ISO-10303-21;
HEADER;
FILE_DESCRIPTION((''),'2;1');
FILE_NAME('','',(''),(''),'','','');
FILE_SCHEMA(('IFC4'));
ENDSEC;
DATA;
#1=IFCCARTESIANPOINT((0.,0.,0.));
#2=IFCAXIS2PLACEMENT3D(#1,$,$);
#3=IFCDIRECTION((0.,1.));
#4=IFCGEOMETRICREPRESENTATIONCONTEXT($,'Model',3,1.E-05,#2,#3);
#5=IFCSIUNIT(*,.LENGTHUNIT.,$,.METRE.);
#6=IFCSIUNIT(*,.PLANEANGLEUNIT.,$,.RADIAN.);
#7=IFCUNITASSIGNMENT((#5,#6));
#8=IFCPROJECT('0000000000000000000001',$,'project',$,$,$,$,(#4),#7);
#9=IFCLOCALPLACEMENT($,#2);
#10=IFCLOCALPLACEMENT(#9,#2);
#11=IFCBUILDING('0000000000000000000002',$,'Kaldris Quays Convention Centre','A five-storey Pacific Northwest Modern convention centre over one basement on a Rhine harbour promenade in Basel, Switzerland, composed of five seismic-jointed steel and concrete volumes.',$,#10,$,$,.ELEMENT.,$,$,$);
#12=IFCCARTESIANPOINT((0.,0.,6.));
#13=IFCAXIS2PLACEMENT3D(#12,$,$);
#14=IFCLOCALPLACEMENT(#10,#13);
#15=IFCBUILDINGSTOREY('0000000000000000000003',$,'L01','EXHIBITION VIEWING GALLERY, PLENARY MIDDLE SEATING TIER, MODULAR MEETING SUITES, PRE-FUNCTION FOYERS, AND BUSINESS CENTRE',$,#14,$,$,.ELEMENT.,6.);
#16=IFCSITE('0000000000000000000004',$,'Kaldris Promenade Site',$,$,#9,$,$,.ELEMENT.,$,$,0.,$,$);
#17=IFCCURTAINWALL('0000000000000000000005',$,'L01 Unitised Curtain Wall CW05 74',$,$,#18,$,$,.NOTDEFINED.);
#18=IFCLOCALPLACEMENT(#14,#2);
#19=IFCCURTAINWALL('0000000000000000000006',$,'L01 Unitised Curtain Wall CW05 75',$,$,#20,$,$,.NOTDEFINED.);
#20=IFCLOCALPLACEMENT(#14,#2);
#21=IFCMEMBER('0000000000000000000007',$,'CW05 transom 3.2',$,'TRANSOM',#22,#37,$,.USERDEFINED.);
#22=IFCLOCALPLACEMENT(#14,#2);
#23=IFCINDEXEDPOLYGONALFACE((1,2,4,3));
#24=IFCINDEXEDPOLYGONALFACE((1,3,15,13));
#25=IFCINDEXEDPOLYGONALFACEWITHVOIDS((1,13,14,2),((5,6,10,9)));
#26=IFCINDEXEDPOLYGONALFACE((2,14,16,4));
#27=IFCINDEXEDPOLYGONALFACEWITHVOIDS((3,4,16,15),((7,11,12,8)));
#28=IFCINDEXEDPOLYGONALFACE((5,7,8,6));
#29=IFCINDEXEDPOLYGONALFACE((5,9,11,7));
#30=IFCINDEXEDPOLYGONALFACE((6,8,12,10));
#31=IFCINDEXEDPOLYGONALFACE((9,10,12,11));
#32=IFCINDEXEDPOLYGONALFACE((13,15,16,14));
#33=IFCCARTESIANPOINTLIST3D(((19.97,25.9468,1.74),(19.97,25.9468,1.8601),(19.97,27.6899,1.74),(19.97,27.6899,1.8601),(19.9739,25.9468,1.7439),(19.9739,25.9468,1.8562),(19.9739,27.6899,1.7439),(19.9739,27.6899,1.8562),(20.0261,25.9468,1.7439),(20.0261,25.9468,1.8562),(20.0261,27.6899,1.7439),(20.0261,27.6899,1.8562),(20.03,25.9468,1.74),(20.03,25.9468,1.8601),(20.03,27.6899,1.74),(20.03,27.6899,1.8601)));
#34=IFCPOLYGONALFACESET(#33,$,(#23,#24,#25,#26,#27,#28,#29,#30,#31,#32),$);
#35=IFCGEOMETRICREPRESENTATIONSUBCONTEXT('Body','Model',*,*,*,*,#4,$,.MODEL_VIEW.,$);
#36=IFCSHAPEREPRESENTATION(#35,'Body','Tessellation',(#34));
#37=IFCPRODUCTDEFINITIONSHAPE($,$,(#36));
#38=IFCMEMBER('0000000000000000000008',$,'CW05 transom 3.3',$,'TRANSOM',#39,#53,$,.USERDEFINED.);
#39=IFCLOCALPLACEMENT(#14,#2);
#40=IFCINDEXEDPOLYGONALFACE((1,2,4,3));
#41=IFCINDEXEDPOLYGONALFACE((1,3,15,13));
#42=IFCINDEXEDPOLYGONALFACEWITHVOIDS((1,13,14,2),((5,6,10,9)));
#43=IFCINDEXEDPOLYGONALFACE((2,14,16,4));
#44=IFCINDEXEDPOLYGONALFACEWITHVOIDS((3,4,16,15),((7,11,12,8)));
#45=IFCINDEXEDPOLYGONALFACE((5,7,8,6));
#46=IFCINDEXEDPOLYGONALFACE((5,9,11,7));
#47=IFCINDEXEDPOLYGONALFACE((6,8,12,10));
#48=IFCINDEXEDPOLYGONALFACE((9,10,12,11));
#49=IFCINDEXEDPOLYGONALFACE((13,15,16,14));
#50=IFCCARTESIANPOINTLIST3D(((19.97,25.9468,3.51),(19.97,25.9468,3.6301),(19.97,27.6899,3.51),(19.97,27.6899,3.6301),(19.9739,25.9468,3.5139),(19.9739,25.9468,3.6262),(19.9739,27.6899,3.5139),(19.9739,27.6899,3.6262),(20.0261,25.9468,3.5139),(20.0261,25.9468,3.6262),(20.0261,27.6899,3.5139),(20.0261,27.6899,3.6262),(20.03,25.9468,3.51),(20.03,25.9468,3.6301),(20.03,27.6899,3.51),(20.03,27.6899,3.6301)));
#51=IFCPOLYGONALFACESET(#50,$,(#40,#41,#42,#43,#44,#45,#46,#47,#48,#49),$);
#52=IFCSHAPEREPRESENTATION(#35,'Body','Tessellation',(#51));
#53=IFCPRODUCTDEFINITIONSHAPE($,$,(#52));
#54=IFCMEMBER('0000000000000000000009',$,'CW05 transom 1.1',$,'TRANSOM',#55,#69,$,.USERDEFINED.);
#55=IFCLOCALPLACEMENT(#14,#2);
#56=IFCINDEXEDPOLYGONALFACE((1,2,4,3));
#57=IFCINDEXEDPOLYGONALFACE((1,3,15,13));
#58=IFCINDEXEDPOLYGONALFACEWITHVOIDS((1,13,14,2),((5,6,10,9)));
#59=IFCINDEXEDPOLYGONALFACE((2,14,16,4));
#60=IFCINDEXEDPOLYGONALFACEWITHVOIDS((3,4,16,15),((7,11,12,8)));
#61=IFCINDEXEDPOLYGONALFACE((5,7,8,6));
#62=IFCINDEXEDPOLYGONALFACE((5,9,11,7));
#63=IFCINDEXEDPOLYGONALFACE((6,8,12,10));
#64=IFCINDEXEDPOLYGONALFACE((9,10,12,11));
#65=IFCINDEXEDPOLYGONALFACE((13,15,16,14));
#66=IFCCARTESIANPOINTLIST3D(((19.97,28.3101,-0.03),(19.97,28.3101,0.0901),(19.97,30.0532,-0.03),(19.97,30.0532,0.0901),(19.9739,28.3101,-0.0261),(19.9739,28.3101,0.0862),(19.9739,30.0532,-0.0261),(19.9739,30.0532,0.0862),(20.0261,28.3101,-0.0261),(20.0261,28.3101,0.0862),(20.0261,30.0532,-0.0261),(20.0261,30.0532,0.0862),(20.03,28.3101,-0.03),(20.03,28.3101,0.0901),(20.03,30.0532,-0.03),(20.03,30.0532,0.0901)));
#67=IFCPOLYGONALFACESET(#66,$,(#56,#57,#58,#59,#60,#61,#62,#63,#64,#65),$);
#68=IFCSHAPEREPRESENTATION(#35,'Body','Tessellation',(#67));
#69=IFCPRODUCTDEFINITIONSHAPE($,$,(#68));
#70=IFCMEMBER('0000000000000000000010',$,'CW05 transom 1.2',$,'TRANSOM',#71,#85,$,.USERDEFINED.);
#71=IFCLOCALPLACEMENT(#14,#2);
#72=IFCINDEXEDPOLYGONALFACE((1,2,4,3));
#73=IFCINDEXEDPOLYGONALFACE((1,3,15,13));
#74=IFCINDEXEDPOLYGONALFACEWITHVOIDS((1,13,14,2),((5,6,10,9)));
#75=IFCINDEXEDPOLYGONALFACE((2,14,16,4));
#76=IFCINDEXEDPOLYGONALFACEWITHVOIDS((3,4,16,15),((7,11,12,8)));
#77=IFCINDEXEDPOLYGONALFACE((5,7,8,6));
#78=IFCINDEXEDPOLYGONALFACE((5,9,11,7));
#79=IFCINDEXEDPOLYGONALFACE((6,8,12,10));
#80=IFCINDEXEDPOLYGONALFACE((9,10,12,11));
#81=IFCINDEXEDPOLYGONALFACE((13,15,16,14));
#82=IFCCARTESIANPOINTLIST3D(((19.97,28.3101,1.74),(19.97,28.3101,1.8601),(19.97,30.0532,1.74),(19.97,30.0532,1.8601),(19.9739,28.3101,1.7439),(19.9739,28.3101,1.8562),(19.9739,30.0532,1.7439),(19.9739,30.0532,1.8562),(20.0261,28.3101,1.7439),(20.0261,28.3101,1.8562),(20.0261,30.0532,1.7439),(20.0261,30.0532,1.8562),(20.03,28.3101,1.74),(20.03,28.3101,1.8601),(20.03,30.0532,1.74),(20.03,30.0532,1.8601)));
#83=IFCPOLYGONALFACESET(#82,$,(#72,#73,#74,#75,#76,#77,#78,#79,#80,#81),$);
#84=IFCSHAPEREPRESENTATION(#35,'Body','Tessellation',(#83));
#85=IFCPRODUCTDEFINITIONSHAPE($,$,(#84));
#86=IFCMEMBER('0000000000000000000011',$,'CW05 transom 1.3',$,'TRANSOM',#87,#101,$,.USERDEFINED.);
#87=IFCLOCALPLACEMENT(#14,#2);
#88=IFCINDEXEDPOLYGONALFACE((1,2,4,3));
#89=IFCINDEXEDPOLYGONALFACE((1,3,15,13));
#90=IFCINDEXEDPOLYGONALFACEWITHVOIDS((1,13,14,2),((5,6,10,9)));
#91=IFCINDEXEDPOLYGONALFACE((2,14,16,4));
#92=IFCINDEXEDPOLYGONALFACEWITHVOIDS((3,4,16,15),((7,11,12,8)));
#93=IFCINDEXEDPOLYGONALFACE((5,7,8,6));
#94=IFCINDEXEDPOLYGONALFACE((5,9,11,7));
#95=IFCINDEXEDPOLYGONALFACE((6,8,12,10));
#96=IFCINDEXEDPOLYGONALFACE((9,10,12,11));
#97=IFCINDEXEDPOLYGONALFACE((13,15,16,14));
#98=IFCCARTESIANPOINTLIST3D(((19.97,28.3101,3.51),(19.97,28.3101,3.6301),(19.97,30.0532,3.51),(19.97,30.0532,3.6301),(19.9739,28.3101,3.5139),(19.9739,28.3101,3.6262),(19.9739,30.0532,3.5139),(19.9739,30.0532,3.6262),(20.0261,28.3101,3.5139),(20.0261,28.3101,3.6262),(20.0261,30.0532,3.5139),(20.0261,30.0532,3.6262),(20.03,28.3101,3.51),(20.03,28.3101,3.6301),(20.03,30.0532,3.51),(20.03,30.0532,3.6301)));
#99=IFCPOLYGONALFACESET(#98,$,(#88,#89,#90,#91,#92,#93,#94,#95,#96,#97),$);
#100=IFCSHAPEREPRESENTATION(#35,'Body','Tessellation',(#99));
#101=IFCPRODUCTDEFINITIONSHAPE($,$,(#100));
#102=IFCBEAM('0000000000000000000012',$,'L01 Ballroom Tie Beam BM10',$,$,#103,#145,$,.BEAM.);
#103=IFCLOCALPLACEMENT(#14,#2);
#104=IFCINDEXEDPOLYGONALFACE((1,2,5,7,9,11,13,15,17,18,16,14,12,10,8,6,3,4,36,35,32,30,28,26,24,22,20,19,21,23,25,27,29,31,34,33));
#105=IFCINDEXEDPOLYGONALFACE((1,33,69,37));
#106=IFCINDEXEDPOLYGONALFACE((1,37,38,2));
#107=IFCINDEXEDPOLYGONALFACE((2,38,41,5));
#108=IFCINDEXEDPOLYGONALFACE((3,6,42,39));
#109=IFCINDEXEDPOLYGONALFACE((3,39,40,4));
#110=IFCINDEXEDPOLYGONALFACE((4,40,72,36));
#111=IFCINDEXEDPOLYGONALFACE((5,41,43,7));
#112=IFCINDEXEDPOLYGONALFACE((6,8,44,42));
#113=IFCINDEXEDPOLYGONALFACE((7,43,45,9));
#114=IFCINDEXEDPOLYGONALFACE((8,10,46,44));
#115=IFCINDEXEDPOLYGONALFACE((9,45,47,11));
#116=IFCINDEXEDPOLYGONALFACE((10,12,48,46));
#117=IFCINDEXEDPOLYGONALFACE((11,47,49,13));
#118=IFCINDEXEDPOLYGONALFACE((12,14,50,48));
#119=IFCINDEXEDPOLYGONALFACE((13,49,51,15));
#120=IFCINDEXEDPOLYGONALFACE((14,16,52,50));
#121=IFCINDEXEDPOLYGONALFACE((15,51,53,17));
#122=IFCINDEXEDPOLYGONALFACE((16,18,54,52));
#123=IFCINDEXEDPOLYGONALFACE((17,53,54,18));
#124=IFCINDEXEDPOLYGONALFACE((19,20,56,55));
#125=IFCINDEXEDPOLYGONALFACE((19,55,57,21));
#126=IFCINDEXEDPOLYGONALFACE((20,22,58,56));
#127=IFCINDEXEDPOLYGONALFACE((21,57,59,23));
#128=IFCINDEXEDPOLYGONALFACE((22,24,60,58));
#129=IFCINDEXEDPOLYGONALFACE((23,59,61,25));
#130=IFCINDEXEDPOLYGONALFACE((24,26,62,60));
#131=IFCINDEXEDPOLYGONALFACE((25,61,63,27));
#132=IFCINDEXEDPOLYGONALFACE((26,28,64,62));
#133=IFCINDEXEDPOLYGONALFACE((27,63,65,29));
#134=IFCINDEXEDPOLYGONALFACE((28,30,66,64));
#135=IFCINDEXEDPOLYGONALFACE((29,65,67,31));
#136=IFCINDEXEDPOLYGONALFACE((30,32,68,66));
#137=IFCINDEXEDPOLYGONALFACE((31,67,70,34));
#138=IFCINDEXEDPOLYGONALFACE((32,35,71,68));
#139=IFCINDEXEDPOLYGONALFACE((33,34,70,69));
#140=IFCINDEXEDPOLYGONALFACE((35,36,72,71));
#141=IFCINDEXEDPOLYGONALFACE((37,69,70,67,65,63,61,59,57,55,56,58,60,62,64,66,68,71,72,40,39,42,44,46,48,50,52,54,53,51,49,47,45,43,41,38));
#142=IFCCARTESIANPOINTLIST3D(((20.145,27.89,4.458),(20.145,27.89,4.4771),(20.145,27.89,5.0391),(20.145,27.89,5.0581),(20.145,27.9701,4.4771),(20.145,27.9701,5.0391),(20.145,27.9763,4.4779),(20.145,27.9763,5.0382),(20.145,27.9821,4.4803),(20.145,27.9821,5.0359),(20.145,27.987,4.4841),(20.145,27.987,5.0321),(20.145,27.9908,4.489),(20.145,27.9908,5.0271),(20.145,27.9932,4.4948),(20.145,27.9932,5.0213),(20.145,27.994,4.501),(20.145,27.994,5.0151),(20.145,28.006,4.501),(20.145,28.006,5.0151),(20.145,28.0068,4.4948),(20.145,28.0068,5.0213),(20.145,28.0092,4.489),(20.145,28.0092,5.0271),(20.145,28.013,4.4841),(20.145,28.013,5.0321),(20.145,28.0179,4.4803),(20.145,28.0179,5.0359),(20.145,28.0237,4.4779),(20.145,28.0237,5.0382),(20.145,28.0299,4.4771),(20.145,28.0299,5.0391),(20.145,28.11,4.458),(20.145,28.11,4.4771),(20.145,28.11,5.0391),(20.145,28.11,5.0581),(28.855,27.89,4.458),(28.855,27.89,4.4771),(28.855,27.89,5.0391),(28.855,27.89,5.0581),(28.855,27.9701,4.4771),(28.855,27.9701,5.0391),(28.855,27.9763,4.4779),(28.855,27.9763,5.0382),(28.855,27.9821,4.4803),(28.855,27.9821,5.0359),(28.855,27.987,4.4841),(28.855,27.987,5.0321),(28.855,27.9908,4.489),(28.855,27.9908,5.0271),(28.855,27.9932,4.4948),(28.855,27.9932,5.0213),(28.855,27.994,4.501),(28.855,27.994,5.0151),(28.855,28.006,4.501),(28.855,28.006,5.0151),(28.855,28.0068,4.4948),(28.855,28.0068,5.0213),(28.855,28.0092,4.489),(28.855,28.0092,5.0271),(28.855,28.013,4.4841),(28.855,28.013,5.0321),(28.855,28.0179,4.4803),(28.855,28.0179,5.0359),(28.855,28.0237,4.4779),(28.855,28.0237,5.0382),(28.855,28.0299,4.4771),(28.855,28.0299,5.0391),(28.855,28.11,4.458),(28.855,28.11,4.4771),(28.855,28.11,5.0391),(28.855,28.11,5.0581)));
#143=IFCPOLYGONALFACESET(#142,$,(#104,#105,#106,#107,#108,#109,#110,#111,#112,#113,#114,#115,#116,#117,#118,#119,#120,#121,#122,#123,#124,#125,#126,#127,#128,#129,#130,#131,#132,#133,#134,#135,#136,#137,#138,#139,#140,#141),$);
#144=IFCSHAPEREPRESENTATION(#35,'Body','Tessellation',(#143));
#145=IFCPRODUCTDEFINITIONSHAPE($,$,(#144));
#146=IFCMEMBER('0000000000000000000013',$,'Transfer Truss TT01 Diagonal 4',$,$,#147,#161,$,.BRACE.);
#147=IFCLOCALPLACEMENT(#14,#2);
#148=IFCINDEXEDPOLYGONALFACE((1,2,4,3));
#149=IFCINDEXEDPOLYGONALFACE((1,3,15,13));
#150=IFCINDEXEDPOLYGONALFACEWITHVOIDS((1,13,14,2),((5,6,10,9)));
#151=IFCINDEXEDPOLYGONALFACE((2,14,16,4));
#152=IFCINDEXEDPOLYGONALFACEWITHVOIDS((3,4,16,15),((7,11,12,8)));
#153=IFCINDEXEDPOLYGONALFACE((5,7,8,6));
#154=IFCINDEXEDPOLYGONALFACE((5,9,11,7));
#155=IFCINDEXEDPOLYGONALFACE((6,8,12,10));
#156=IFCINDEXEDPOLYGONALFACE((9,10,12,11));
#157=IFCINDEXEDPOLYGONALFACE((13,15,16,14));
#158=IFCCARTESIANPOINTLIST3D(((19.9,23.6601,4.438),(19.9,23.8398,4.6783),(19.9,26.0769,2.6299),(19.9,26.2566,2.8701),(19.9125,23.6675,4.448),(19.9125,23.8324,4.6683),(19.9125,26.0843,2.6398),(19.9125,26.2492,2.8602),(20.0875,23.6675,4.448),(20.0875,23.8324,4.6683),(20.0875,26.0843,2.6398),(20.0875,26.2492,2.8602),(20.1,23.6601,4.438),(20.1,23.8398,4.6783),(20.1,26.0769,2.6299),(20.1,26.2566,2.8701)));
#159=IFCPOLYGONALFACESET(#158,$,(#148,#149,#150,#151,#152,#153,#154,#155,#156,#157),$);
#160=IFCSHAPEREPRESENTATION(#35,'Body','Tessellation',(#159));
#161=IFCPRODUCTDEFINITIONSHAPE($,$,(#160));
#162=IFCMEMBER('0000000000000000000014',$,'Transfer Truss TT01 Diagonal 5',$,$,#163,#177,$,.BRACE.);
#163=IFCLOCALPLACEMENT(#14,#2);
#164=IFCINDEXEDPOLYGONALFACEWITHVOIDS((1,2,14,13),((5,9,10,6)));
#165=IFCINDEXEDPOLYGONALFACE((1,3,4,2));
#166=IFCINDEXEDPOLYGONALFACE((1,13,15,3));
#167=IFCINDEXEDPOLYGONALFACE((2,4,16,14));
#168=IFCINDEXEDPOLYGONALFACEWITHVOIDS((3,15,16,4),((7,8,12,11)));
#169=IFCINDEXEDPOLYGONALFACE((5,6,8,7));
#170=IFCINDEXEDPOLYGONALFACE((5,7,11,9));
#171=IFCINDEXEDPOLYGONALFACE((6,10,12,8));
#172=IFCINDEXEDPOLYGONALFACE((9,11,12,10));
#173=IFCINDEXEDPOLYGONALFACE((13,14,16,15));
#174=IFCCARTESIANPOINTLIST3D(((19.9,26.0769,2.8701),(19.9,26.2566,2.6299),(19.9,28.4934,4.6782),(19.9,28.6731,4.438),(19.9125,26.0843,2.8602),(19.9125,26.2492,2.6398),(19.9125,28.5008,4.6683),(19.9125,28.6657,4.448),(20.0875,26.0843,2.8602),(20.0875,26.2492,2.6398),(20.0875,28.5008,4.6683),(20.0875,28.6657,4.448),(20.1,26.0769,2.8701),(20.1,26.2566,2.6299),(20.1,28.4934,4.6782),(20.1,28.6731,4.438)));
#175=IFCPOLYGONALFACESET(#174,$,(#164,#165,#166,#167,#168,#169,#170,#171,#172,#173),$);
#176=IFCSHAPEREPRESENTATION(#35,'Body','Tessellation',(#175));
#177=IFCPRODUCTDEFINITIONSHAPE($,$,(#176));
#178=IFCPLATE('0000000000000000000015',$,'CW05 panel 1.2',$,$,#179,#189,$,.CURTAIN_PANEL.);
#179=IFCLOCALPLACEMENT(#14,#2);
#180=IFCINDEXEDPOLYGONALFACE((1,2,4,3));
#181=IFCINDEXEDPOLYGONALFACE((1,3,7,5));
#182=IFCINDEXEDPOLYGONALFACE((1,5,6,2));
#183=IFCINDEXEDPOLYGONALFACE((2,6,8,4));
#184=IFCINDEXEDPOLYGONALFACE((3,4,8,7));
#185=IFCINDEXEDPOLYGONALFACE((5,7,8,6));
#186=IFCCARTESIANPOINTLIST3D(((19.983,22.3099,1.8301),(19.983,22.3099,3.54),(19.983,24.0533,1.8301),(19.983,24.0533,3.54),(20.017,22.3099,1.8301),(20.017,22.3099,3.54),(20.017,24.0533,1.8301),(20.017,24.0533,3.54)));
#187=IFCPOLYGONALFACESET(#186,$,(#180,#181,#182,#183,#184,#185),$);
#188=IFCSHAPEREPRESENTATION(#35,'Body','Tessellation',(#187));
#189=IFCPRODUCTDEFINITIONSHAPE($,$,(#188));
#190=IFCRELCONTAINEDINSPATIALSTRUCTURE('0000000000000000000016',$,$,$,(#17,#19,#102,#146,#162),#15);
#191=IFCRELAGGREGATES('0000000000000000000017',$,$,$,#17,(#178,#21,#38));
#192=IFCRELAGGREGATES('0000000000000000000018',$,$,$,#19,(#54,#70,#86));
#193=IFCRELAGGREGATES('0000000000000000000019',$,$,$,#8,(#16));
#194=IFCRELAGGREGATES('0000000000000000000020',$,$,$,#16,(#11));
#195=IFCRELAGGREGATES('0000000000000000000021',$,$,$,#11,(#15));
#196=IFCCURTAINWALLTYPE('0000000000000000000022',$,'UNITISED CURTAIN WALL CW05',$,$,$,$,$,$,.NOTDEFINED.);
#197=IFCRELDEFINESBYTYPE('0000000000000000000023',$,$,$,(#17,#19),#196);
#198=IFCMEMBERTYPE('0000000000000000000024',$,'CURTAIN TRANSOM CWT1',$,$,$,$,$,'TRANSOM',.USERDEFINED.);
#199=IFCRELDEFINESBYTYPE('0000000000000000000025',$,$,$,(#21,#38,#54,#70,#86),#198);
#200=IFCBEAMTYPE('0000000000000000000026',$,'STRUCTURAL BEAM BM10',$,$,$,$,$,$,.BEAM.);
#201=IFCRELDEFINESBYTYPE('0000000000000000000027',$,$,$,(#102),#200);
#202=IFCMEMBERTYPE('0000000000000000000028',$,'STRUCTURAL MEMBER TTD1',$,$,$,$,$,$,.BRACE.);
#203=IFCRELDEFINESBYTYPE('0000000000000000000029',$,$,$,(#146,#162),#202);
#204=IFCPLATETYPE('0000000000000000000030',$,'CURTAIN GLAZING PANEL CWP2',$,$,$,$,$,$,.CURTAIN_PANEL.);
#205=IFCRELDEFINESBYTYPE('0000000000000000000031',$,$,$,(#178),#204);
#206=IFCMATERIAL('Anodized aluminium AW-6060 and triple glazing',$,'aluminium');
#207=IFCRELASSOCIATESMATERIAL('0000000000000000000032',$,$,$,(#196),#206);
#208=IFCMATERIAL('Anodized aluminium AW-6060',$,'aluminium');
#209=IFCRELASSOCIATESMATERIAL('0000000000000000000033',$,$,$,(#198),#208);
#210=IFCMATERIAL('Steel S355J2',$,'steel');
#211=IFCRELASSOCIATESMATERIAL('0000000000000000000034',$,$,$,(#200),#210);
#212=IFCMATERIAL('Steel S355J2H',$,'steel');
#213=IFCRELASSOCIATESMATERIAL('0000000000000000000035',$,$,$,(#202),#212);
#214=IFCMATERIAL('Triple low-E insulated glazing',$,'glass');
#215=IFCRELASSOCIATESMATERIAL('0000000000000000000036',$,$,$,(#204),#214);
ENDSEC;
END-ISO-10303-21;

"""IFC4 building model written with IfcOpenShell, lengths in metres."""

from ifc_helpers import new_model, si_unit, direction, frame, origin, origin_2d, place, context, subcontext, project, spatial, rectangle, hollow_rectangle, i_section, extrude, material, material_profile, profile_set, type_object, element, aggregate, save


model = new_model("IFC4")

# Units and contexts
model_context = context("Model", 3, precision=1e-05, world=origin(), true_north=direction((0.0, 1.0)))
body_context = subcontext(model_context, "Body", "Model", "MODEL_VIEW")
ifc_project = project(units=[si_unit("LENGTHUNIT", "METRE"), si_unit("PLANEANGLEUNIT", "RADIAN")], contexts=[model_context])

# Site, building, storey
site_placement = place(None, origin())
site = spatial("IfcSite", under=ifc_project, at=site_placement, Name="Kaldris Promenade Site", CompositionType="ELEMENT", RefElevation=0.0)
building_placement = place(site_placement, origin())
building = spatial("IfcBuilding", under=site, at=building_placement, Name="Kaldris Quays Convention Centre", Description="A five-storey Pacific Northwest Modern convention centre over one basement on a Rhine harbour promenade in Basel, Switzerland, composed of five seismic-jointed steel and concrete volumes.", CompositionType="ELEMENT")
storey_placement = place(building_placement, frame((0.0, 0.0, 6.0)))
storey = spatial("IfcBuildingStorey", under=building, at=storey_placement, Name="L01", Description="EXHIBITION VIEWING GALLERY, PLENARY MIDDLE SEATING TIER, MODULAR MEETING SUITES, PRE-FUNCTION FOYERS, AND BUSINESS CENTRE", CompositionType="ELEMENT", Elevation=6.0)

# Curtain wall
ifc_material_1 = material(Name="Anodized aluminium AW-6060 and triple glazing", Category="aluminium")
curtain_wall_type = type_object("IfcCurtainWallType", Name="UNITISED CURTAIN WALL CW05", PredefinedType="NOTDEFINED", material=ifc_material_1)
curtain_wall_1_placement = place(storey_placement, origin())
curtain_wall_1 = element("IfcCurtainWall", 1, at=curtain_wall_1_placement, inside=storey, type_object=curtain_wall_type, Name="L01 Unitised Curtain Wall CW05 74", PredefinedType="NOTDEFINED")
ifc_material_2 = material(Name="Anodized aluminium AW-6060", Category="aluminium")

# Curtain wall
curtain_wall_2_placement = place(storey_placement, origin())
curtain_wall_2 = element("IfcCurtainWall", 2, at=curtain_wall_2_placement, inside=storey, type_object=curtain_wall_type, Name="L01 Unitised Curtain Wall CW05 75", PredefinedType="NOTDEFINED")

# Members
ifc_material_profile_1 = material_profile(ifc_material_2, hollow_rectangle(XDim=0.0601, YDim=0.1201, WallThickness=0.0039, at=origin_2d()), Name="RHS 120x60x4")
ifc_profile_set_1 = profile_set([ifc_material_profile_1], Name="Anodized aluminium AW-6060")
member_type_1 = type_object("IfcMemberType", Name="CURTAIN TRANSOM CWT1", ElementType="TRANSOM", PredefinedType="USERDEFINED", material=ifc_profile_set_1)
member_1_placement = place(storey_placement, frame((20.0, 25.9468, 1.8), z_axis=(0.0, 1.0, 0.0), x_axis=(-1.0, 0.0, 0.0)))
member_1 = element("IfcMember", 3, at=member_1_placement, type_object=member_type_1, Name="CW05 transom 3.2", ObjectType="TRANSOM", PredefinedType="USERDEFINED", context=body_context, shape_type="SweptSolid", body=[
    extrude(hollow_rectangle(XDim=0.0601, YDim=0.1201, WallThickness=0.0039, at=origin_2d()), origin(), (0.0, 0.0, 1.0), 1.7432),
])
member_2_placement = place(storey_placement, frame((20.0, 25.9468, 3.5701), z_axis=(0.0, 1.0, 0.0), x_axis=(-1.0, 0.0, 0.0)))
member_2 = element("IfcMember", 4, at=member_2_placement, type_object=member_type_1, Name="CW05 transom 3.3", ObjectType="TRANSOM", PredefinedType="USERDEFINED", context=body_context, shape_type="SweptSolid", body=[
    extrude(hollow_rectangle(XDim=0.0601, YDim=0.1201, WallThickness=0.0039, at=origin_2d()), origin(), (0.0, 0.0, 1.0), 1.7432),
])
member_3_placement = place(storey_placement, frame((20.0, 28.3101, 0.03), z_axis=(0.0, 1.0, 0.0), x_axis=(-1.0, 0.0, 0.0)))
member_3 = element("IfcMember", 5, at=member_3_placement, type_object=member_type_1, Name="CW05 transom 1.1", ObjectType="TRANSOM", PredefinedType="USERDEFINED", context=body_context, shape_type="SweptSolid", body=[
    extrude(hollow_rectangle(XDim=0.0601, YDim=0.1201, WallThickness=0.0039, at=origin_2d()), origin(), (0.0, 0.0, 1.0), 1.7432),
])
member_4_placement = place(storey_placement, frame((20.0, 28.3101, 1.8), z_axis=(0.0, 1.0, 0.0), x_axis=(-1.0, 0.0, 0.0)))
member_4 = element("IfcMember", 6, at=member_4_placement, type_object=member_type_1, Name="CW05 transom 1.2", ObjectType="TRANSOM", PredefinedType="USERDEFINED", context=body_context, shape_type="SweptSolid", body=[
    extrude(hollow_rectangle(XDim=0.0601, YDim=0.1201, WallThickness=0.0039, at=origin_2d()), origin(), (0.0, 0.0, 1.0), 1.7432),
])
member_5_placement = place(storey_placement, frame((20.0, 28.3101, 3.5701), z_axis=(0.0, 1.0, 0.0), x_axis=(-1.0, 0.0, 0.0)))
member_5 = element("IfcMember", 7, at=member_5_placement, type_object=member_type_1, Name="CW05 transom 1.3", ObjectType="TRANSOM", PredefinedType="USERDEFINED", context=body_context, shape_type="SweptSolid", body=[
    extrude(hollow_rectangle(XDim=0.0601, YDim=0.1201, WallThickness=0.0039, at=origin_2d()), origin(), (0.0, 0.0, 1.0), 1.7432),
])

# Beam
ifc_material_3 = material(Name="Steel S355J2", Category="steel")
ifc_material_profile_2 = material_profile(ifc_material_3, i_section(OverallWidth=0.22, OverallDepth=0.6001, WebThickness=0.012, FlangeThickness=0.019, FilletRadius=0.0239, at=origin_2d()), Name="IPE 600")
ifc_profile_set_2 = profile_set([ifc_material_profile_2], Name="Steel S355J2")
beam_type = type_object("IfcBeamType", Name="STRUCTURAL BEAM BM10", PredefinedType="BEAM", material=ifc_profile_set_2)
beam_placement = place(storey_placement, frame((20.145, 28.0, 4.7581), z_axis=(1.0, 0.0, 0.0), x_axis=(0.0, 1.0, 0.0)))
element("IfcBeam", 8, at=beam_placement, inside=storey, type_object=beam_type, Name="L01 Ballroom Tie Beam BM10", PredefinedType="BEAM", context=body_context, shape_type="SweptSolid", body=[
    extrude(i_section(OverallWidth=0.22, OverallDepth=0.6001, WebThickness=0.012, FlangeThickness=0.019, FilletRadius=0.0239, at=origin_2d()), origin(), (0.0, 0.0, 1.0), 8.71),
])

# Members
ifc_material_4 = material(Name="Steel S355J2H", Category="steel")
ifc_material_profile_3 = material_profile(ifc_material_4, hollow_rectangle(XDim=0.2, YDim=0.3, WallThickness=0.0125, at=origin_2d()), Name="RHS 300x200x12.5")
ifc_profile_set_3 = profile_set([ifc_material_profile_3], Name="Steel S355J2H")
member_type_2 = type_object("IfcMemberType", Name="STRUCTURAL MEMBER TTD1", PredefinedType="BRACE", material=ifc_profile_set_3)
member_6_placement = place(storey_placement, frame((20.0, 26.1667, 2.75), z_axis=(0.0, -0.800708, 0.599055), x_axis=(1.0, 0.0, 0.0)))
element("IfcMember", 9, at=member_6_placement, inside=storey, type_object=member_type_2, Name="Transfer Truss TT01 Diagonal 4", PredefinedType="BRACE", context=body_context, shape_type="SweptSolid", body=[
    extrude(hollow_rectangle(XDim=0.2, YDim=0.3, WallThickness=0.0125, at=origin_2d()), origin(), (0.0, 0.0, 1.0), 3.0183),
])
member_7_placement = place(storey_placement, frame((20.0, 26.1667, 2.75), z_axis=(0.0, 0.800679, 0.599094), x_axis=(-1.0, 0.0, 0.0)))
element("IfcMember", 10, at=member_7_placement, inside=storey, type_object=member_type_2, Name="Transfer Truss TT01 Diagonal 5", PredefinedType="BRACE", context=body_context, shape_type="SweptSolid", body=[
    extrude(hollow_rectangle(XDim=0.2, YDim=0.3, WallThickness=0.0125, at=origin_2d()), origin(), (0.0, 0.0, 1.0), 3.0181),
])

# Plate
ifc_material_5 = material(Name="Triple low-E insulated glazing", Category="glass")
plate_type_1 = type_object("IfcPlateType", Name="CURTAIN GLAZING PANEL CWP2", PredefinedType="CURTAIN_PANEL", material=ifc_material_5)
plate_1_placement = place(storey_placement, frame((20.0, 23.1816, 1.8301), z_axis=(0.0, 0.0, 1.0), x_axis=(0.0, 1.0, 0.0)))
plate_1 = element("IfcPlate", 11, at=plate_1_placement, type_object=plate_type_1, Name="CW05 panel 1.2", PredefinedType="CURTAIN_PANEL", context=body_context, shape_type="SweptSolid", body=[
    extrude(rectangle(XDim=1.7434, YDim=0.0339, at=origin_2d()), origin(), (0.0, 0.0, 1.0), 1.71),
])
aggregate(curtain_wall_1, [plate_1, member_1, member_2])
aggregate(curtain_wall_2, [member_3, member_4, member_5])

save(model, "model.ifc")
